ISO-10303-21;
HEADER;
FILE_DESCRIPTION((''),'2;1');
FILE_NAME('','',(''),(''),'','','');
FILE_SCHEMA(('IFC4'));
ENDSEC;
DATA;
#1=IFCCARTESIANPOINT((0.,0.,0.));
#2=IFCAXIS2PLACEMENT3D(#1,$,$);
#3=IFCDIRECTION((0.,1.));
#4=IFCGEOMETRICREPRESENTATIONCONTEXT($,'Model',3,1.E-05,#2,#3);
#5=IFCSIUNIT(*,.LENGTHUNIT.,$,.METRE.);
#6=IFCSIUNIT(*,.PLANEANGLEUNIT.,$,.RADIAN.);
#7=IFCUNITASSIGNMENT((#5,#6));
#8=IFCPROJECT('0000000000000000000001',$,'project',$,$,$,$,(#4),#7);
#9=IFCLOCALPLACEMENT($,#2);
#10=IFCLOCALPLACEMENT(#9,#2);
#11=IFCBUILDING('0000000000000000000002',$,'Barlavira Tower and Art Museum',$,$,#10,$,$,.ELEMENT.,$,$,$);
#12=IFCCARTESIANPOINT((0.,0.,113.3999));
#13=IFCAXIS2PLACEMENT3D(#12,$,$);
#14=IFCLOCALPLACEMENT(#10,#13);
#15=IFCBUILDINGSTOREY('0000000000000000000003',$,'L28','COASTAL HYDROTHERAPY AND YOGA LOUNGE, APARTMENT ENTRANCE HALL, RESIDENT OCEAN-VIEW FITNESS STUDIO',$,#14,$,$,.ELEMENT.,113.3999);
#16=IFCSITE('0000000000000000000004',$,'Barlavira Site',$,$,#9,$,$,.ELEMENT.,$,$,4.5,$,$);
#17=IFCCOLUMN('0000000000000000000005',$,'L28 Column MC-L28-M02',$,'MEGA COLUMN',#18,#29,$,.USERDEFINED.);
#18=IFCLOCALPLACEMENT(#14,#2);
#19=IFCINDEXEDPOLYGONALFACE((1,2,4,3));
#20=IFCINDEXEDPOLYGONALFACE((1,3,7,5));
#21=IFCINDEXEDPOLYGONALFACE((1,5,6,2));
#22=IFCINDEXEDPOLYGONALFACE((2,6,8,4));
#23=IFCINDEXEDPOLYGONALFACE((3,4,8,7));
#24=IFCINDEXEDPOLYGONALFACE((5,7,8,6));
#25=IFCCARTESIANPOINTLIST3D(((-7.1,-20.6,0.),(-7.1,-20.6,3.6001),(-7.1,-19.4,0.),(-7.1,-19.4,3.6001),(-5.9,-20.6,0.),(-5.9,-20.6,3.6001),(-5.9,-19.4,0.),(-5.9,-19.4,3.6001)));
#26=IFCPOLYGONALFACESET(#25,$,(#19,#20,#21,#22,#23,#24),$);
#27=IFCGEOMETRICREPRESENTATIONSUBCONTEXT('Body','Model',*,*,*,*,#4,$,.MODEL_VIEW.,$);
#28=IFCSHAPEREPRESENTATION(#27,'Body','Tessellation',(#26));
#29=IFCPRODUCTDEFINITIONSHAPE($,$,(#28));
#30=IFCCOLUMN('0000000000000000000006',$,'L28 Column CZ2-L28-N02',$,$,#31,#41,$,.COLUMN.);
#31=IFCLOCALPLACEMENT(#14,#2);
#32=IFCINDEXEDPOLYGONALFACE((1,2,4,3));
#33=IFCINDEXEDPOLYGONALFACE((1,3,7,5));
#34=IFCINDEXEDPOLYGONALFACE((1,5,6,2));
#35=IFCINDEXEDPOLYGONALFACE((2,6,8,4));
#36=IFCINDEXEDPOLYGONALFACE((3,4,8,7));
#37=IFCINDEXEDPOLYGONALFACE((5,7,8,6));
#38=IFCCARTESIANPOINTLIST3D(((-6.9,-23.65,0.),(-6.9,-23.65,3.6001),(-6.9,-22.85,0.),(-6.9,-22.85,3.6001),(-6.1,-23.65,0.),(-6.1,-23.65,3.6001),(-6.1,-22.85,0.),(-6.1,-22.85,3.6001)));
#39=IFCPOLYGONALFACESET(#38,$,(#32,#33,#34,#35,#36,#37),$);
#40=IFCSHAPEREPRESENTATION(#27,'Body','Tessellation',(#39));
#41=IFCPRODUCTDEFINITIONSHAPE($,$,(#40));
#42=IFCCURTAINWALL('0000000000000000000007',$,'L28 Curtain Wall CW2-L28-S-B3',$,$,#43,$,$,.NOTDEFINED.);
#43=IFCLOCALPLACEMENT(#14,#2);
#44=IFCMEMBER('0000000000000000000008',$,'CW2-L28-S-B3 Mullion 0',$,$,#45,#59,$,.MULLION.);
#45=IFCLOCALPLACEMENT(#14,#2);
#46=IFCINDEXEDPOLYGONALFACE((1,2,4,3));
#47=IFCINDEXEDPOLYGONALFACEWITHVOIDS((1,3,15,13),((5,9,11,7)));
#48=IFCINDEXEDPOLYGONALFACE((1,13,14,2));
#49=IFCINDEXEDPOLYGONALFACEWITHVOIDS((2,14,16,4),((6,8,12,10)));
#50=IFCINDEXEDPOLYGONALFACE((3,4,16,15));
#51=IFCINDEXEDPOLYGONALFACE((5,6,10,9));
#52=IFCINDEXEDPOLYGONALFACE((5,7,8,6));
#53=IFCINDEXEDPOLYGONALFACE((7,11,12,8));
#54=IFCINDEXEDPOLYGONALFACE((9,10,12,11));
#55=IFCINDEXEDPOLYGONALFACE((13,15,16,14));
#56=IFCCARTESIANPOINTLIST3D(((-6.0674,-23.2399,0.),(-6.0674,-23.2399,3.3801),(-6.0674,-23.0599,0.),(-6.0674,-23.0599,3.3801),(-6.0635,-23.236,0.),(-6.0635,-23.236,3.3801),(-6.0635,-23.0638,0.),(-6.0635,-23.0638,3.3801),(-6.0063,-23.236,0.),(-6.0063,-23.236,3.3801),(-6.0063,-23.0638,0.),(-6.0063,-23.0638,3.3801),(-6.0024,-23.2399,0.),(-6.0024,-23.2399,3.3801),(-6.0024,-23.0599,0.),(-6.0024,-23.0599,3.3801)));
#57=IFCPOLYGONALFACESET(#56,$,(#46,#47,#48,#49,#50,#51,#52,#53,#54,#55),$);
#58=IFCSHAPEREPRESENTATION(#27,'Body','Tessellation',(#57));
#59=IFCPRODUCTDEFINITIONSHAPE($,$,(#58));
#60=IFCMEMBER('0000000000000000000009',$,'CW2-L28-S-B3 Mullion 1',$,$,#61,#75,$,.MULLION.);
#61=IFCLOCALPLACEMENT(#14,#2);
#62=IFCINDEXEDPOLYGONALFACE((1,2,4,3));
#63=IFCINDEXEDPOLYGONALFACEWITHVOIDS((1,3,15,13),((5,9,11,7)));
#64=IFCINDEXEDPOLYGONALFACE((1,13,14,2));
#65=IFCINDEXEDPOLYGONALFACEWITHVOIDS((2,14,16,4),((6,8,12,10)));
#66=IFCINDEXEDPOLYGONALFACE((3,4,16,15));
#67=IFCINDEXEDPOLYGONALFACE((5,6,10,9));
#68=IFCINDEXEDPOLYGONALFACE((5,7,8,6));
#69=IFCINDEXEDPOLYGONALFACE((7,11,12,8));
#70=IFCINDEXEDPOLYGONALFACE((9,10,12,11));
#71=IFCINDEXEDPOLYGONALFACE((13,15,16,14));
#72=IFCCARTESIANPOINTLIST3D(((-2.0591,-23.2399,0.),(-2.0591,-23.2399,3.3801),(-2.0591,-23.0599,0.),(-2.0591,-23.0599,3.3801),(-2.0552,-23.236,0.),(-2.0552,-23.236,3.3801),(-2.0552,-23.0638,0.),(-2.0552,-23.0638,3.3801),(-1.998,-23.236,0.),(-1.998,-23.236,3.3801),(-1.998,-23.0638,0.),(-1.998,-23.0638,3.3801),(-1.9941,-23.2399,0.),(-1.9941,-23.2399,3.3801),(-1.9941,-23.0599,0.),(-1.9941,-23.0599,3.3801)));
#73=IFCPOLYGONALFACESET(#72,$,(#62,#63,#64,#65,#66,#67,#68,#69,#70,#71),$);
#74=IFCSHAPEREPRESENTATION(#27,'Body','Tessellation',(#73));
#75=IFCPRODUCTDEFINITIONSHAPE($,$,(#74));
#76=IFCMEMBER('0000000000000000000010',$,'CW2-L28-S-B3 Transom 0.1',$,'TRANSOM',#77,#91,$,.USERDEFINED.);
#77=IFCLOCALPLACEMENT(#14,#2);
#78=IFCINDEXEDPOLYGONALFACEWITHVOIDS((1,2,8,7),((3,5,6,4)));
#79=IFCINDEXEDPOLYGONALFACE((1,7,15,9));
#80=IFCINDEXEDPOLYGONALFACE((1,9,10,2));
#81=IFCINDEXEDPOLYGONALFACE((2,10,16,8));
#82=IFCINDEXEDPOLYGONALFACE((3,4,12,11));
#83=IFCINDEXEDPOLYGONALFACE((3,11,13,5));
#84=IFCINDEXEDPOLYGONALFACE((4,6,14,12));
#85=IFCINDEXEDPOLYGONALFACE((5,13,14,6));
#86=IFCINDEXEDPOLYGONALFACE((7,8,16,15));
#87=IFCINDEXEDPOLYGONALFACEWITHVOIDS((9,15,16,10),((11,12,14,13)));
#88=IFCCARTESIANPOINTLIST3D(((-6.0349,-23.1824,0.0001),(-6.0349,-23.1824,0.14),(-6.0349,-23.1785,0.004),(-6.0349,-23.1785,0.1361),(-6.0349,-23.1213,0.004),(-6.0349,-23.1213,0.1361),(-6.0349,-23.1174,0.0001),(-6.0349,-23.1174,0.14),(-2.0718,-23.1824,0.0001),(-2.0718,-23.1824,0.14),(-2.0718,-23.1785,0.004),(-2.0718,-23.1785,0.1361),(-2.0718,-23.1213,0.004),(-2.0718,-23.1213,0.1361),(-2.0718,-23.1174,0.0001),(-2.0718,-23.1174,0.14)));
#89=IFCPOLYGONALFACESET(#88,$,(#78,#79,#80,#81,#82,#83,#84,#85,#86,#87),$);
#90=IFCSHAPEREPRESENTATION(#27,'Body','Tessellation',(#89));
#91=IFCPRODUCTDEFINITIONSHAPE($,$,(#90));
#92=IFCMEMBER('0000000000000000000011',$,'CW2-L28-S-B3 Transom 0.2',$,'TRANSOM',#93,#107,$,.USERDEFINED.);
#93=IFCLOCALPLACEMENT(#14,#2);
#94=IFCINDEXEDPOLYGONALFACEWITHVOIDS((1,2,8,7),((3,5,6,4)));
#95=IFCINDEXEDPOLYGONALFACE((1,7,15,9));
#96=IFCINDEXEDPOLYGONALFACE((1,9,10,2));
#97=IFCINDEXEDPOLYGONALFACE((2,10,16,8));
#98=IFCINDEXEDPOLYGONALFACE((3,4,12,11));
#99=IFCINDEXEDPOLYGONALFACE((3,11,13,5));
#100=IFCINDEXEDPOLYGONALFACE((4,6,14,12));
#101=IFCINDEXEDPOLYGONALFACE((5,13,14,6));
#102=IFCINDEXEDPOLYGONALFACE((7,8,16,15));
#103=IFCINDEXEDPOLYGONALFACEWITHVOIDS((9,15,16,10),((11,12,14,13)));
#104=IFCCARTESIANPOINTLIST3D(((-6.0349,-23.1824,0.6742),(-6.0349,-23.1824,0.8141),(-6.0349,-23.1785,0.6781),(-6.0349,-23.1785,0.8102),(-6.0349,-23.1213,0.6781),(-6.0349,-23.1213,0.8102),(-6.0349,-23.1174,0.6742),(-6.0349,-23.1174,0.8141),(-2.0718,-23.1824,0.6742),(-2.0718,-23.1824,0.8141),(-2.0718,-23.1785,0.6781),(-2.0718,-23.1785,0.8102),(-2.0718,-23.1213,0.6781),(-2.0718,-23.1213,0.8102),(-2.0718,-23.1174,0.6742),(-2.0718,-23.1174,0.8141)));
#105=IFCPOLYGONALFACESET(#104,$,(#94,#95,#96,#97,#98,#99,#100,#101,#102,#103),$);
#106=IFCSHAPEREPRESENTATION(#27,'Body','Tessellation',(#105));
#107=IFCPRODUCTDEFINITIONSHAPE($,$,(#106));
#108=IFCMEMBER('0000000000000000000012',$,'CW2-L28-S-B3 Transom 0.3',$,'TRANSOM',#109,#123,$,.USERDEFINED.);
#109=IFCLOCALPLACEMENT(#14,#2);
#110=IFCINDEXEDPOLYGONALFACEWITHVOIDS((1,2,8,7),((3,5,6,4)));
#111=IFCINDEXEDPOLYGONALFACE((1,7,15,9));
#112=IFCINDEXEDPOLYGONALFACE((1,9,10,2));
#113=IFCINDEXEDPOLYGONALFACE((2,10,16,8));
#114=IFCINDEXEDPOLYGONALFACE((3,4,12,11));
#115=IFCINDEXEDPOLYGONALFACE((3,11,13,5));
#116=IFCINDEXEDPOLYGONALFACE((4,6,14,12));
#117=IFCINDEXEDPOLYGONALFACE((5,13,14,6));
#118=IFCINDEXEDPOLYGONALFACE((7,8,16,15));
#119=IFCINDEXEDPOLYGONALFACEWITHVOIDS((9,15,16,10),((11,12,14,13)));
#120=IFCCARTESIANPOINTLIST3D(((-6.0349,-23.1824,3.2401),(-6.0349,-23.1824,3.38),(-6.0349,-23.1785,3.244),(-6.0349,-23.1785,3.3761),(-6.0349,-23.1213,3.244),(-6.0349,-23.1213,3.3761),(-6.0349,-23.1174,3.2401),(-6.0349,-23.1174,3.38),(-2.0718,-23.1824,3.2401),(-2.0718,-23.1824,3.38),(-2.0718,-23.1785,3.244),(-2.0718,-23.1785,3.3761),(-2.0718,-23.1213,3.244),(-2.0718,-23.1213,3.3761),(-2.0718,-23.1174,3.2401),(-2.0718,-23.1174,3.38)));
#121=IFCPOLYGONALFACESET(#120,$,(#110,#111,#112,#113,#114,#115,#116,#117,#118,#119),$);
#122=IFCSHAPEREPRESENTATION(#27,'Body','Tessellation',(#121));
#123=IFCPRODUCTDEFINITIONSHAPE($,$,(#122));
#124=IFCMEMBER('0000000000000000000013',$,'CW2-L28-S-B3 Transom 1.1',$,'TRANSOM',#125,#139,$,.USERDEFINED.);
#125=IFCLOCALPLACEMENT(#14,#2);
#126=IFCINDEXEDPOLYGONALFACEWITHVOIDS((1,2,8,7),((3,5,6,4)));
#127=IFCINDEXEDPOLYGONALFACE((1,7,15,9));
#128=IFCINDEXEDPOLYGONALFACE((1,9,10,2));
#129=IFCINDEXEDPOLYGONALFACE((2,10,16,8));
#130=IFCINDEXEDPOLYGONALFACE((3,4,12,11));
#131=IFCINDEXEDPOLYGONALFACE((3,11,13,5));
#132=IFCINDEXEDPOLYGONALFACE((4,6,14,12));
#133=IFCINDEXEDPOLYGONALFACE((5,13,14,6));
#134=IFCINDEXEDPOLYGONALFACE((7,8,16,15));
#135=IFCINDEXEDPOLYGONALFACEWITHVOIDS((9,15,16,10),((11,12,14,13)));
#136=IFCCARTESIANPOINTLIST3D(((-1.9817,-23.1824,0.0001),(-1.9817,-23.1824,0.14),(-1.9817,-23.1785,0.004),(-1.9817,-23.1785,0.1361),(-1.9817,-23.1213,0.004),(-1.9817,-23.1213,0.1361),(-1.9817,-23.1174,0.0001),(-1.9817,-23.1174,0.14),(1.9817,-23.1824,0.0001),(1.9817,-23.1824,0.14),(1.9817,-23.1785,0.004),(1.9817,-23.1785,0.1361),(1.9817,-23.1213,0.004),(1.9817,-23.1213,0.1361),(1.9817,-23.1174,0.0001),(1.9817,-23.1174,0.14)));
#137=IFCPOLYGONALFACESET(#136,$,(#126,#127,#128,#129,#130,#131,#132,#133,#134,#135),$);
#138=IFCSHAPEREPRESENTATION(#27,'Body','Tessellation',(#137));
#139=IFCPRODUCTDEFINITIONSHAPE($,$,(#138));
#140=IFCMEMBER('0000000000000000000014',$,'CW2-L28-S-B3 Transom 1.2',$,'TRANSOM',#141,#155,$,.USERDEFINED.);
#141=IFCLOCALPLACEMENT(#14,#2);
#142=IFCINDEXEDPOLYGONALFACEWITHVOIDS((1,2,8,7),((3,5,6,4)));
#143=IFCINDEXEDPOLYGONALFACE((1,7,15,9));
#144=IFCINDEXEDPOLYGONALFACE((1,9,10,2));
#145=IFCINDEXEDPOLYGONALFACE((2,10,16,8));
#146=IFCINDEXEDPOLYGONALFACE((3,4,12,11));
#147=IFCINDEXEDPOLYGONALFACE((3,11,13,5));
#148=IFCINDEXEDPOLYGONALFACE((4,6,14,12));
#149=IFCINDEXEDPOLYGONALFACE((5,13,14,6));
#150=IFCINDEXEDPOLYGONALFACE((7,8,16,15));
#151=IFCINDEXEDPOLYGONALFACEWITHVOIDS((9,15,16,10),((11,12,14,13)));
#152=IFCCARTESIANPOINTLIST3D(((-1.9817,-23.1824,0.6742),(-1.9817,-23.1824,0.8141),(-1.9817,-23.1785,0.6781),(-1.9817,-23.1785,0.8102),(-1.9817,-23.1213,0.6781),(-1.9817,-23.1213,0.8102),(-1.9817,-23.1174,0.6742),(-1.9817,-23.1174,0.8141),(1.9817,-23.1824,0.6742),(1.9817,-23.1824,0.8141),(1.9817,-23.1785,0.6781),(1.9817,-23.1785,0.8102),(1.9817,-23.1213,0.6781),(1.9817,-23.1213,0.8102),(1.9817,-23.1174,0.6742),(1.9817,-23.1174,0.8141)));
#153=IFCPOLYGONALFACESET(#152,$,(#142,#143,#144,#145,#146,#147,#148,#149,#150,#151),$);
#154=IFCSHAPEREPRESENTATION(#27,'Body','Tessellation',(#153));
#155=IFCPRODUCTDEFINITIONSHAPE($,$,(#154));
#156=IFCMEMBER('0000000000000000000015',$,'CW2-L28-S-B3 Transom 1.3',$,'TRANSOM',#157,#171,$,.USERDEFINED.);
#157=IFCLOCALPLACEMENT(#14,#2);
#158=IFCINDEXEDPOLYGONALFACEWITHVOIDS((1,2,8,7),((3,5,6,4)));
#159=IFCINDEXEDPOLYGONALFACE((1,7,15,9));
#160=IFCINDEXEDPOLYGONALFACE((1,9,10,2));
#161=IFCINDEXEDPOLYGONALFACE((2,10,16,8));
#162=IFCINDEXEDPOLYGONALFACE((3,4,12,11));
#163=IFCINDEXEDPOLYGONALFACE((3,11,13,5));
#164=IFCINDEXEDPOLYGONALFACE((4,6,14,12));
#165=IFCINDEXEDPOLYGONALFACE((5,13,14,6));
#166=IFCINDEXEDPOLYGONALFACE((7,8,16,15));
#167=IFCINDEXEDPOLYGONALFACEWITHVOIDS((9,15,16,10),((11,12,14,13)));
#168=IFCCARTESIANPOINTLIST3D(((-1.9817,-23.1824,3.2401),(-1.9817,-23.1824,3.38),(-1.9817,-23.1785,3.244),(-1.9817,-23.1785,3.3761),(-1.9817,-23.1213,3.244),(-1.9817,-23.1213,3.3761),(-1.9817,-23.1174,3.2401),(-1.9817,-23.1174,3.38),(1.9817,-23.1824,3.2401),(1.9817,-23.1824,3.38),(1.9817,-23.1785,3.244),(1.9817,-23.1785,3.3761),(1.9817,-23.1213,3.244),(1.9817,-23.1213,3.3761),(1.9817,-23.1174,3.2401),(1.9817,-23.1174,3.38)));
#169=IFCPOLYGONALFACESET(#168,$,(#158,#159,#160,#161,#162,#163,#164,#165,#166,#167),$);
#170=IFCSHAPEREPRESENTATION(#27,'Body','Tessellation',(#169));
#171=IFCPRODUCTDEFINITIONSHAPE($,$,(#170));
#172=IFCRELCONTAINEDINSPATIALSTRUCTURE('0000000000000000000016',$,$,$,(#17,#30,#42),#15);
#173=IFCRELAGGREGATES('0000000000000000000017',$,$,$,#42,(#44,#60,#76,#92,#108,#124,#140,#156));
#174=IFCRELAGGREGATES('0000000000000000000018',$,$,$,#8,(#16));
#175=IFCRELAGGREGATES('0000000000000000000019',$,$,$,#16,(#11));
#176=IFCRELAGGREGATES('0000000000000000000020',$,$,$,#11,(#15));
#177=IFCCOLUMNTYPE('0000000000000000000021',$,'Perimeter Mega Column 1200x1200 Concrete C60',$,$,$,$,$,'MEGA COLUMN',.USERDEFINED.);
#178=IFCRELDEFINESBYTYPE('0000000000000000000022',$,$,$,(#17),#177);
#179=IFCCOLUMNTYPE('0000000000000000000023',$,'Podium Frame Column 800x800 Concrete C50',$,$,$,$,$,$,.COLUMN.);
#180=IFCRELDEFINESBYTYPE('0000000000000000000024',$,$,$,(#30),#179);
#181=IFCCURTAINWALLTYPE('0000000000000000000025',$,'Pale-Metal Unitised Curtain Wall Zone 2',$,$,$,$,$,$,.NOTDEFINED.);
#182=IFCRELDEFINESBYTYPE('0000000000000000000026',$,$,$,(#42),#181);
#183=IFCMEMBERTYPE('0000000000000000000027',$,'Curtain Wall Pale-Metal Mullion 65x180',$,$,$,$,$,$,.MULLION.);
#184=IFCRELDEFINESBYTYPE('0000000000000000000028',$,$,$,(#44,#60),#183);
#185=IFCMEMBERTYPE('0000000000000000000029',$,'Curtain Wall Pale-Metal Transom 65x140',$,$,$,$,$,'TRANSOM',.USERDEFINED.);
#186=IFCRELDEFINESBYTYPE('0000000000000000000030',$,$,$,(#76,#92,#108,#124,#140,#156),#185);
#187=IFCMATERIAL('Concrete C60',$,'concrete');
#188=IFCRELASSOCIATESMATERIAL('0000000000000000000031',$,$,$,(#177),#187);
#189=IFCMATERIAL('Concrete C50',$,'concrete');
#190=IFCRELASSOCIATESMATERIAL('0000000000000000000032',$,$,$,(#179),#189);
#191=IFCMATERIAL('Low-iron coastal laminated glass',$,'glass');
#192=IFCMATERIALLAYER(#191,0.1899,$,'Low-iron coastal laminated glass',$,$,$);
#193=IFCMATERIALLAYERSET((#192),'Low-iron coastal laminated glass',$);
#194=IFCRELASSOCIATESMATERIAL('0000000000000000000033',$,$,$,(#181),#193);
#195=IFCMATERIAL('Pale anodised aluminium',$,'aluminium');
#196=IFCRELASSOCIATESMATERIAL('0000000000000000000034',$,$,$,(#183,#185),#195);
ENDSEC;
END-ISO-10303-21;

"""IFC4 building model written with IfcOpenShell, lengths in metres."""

from ifc_helpers import new_model, si_unit, direction, frame, origin, origin_2d, place, context, subcontext, project, spatial, rectangle, hollow_rectangle, extrude, material, layer, layer_set, material_profile, profile_set, type_object, element, aggregate, save


model = new_model("IFC4")

# Units and contexts
model_context = context("Model", 3, precision=1e-05, world=origin(), true_north=direction((0.0, 1.0)))
body_context = subcontext(model_context, "Body", "Model", "MODEL_VIEW")
ifc_project = project(units=[si_unit("LENGTHUNIT", "METRE"), si_unit("PLANEANGLEUNIT", "RADIAN")], contexts=[model_context])

# Site, building, storey
site_placement = place(None, origin())
site = spatial("IfcSite", under=ifc_project, at=site_placement, Name="Barlavira Site", CompositionType="ELEMENT", RefElevation=4.5)
building_placement = place(site_placement, origin())
building = spatial("IfcBuilding", under=site, at=building_placement, Name="Barlavira Tower and Art Museum", CompositionType="ELEMENT")
storey_placement = place(building_placement, frame((0.0, 0.0, 113.3999)))
storey = spatial("IfcBuildingStorey", under=building, at=storey_placement, Name="L28", Description="COASTAL HYDROTHERAPY AND YOGA LOUNGE, APARTMENT ENTRANCE HALL, RESIDENT OCEAN-VIEW FITNESS STUDIO", CompositionType="ELEMENT", Elevation=113.3999)

# Columns
ifc_material_1 = material(Name="Concrete C60", Category="concrete")
ifc_material_profile_1 = material_profile(ifc_material_1, rectangle(XDim=1.2, YDim=1.2, at=origin_2d()), Name="RC-COL 1200x1200")
ifc_profile_set_1 = profile_set([ifc_material_profile_1], Name="Concrete C60")
column_type_1 = type_object("IfcColumnType", Name="Perimeter Mega Column 1200x1200 Concrete C60", ElementType="MEGA COLUMN", PredefinedType="USERDEFINED", material=ifc_profile_set_1)
column_1_placement = place(storey_placement, frame((-6.5, -20.0, 0.0), z_axis=(0.0, 0.0, 1.0), x_axis=(1.0, 0.0, 0.0)))
element("IfcColumn", 1, at=column_1_placement, inside=storey, type_object=column_type_1, Name="L28 Column MC-L28-M02", ObjectType="MEGA COLUMN", PredefinedType="USERDEFINED", context=body_context, shape_type="SweptSolid", body=[
    extrude(rectangle(XDim=1.2, YDim=1.2, at=origin_2d()), origin(), (0.0, 0.0, 1.0), 3.6001),
])
ifc_material_2 = material(Name="Concrete C50", Category="concrete")
ifc_material_profile_2 = material_profile(ifc_material_2, rectangle(XDim=0.8, YDim=0.8, at=origin_2d()), Name="RC-COL 800x800")
ifc_profile_set_2 = profile_set([ifc_material_profile_2], Name="Concrete C50")
column_type_2 = type_object("IfcColumnType", Name="Podium Frame Column 800x800 Concrete C50", PredefinedType="COLUMN", material=ifc_profile_set_2)
column_2_placement = place(storey_placement, frame((-6.5, -23.25, 0.0), z_axis=(0.0, 0.0, 1.0), x_axis=(1.0, 0.0, 0.0)))
element("IfcColumn", 2, at=column_2_placement, inside=storey, type_object=column_type_2, Name="L28 Column CZ2-L28-N02", PredefinedType="COLUMN", context=body_context, shape_type="SweptSolid", body=[
    extrude(rectangle(XDim=0.8, YDim=0.8, at=origin_2d()), origin(), (0.0, 0.0, 1.0), 3.6001),
])

# Curtain wall, members
ifc_material_3 = material(Name="Low-iron coastal laminated glass", Category="glass")
ifc_layer_1 = layer(ifc_material_3, 0.1899, Name="Low-iron coastal laminated glass")
ifc_layer_set_1 = layer_set([ifc_layer_1], Name="Low-iron coastal laminated glass")
curtain_wall_type = type_object("IfcCurtainWallType", Name="Pale-Metal Unitised Curtain Wall Zone 2", PredefinedType="NOTDEFINED", material=ifc_layer_set_1)
curtain_wall_placement = place(storey_placement, origin())
curtain_wall = element("IfcCurtainWall", 3, at=curtain_wall_placement, inside=storey, type_object=curtain_wall_type, Name="L28 Curtain Wall CW2-L28-S-B3", PredefinedType="NOTDEFINED")
ifc_material_4 = material(Name="Pale anodised aluminium", Category="aluminium")
ifc_material_profile_3 = material_profile(ifc_material_4, hollow_rectangle(XDim=0.0649, YDim=0.1799, WallThickness=0.0039, at=origin_2d()), Name="ALU-MULL 65x180x4")
ifc_profile_set_3 = profile_set([ifc_material_profile_3], Name="Pale anodised aluminium")
member_type_1 = type_object("IfcMemberType", Name="Curtain Wall Pale-Metal Mullion 65x180", PredefinedType="MULLION", material=ifc_profile_set_3)
member_1_placement = place(storey_placement, frame((-6.0349, -23.1499, 0.0), z_axis=(0.0, 0.0, 1.0), x_axis=(1.0, 0.0, 0.0)))
member_1 = element("IfcMember", 4, at=member_1_placement, type_object=member_type_1, Name="CW2-L28-S-B3 Mullion 0", PredefinedType="MULLION", context=body_context, shape_type="SweptSolid", body=[
    extrude(hollow_rectangle(XDim=0.0649, YDim=0.1799, WallThickness=0.0039, at=origin_2d()), origin(), (0.0, 0.0, 1.0), 3.3801),
])
member_2_placement = place(storey_placement, frame((-2.0266, -23.1499, 0.0), z_axis=(0.0, 0.0, 1.0), x_axis=(1.0, 0.0, 0.0)))
member_2 = element("IfcMember", 5, at=member_2_placement, type_object=member_type_1, Name="CW2-L28-S-B3 Mullion 1", PredefinedType="MULLION", context=body_context, shape_type="SweptSolid", body=[
    extrude(hollow_rectangle(XDim=0.0649, YDim=0.1799, WallThickness=0.0039, at=origin_2d()), origin(), (0.0, 0.0, 1.0), 3.3801),
])
ifc_material_profile_4 = material_profile(ifc_material_4, hollow_rectangle(XDim=0.0649, YDim=0.1399, WallThickness=0.0039, at=origin_2d()), Name="ALU-TRAN 65x140x4")
ifc_profile_set_4 = profile_set([ifc_material_profile_4], Name="Pale anodised aluminium")
member_type_2 = type_object("IfcMemberType", Name="Curtain Wall Pale-Metal Transom 65x140", ElementType="TRANSOM", PredefinedType="USERDEFINED", material=ifc_profile_set_4)
member_3_placement = place(storey_placement, frame((-6.0349, -23.1499, 0.0701), z_axis=(1.0, 0.0, 0.0), x_axis=(0.0, 1.0, 0.0)))
member_3 = element("IfcMember", 6, at=member_3_placement, type_object=member_type_2, Name="CW2-L28-S-B3 Transom 0.1", ObjectType="TRANSOM", PredefinedType="USERDEFINED", context=body_context, shape_type="SweptSolid", body=[
    extrude(hollow_rectangle(XDim=0.0649, YDim=0.1399, WallThickness=0.0039, at=origin_2d()), origin(), (0.0, 0.0, 1.0), 3.9631),
])
member_4_placement = place(storey_placement, frame((-6.0349, -23.1499, 0.7441), z_axis=(1.0, 0.0, 0.0), x_axis=(0.0, 1.0, 0.0)))
member_4 = element("IfcMember", 7, at=member_4_placement, type_object=member_type_2, Name="CW2-L28-S-B3 Transom 0.2", ObjectType="TRANSOM", PredefinedType="USERDEFINED", context=body_context, shape_type="SweptSolid", body=[
    extrude(hollow_rectangle(XDim=0.0649, YDim=0.1399, WallThickness=0.0039, at=origin_2d()), origin(), (0.0, 0.0, 1.0), 3.9631),
])
member_5_placement = place(storey_placement, frame((-6.0349, -23.1499, 3.3101), z_axis=(1.0, 0.0, 0.0), x_axis=(0.0, 1.0, 0.0)))
member_5 = element("IfcMember", 8, at=member_5_placement, type_object=member_type_2, Name="CW2-L28-S-B3 Transom 0.3", ObjectType="TRANSOM", PredefinedType="USERDEFINED", context=body_context, shape_type="SweptSolid", body=[
    extrude(hollow_rectangle(XDim=0.0649, YDim=0.1399, WallThickness=0.0039, at=origin_2d()), origin(), (0.0, 0.0, 1.0), 3.9631),
])
member_6_placement = place(storey_placement, frame((-1.9817, -23.1499, 0.0701), z_axis=(1.0, 0.0, 0.0), x_axis=(0.0, 1.0, 0.0)))
member_6 = element("IfcMember", 9, at=member_6_placement, type_object=member_type_2, Name="CW2-L28-S-B3 Transom 1.1", ObjectType="TRANSOM", PredefinedType="USERDEFINED", context=body_context, shape_type="SweptSolid", body=[
    extrude(hollow_rectangle(XDim=0.0649, YDim=0.1399, WallThickness=0.0039, at=origin_2d()), origin(), (0.0, 0.0, 1.0), 3.9634),
])
member_7_placement = place(storey_placement, frame((-1.9817, -23.1499, 0.7441), z_axis=(1.0, 0.0, 0.0), x_axis=(0.0, 1.0, 0.0)))
member_7 = element("IfcMember", 10, at=member_7_placement, type_object=member_type_2, Name="CW2-L28-S-B3 Transom 1.2", ObjectType="TRANSOM", PredefinedType="USERDEFINED", context=body_context, shape_type="SweptSolid", body=[
    extrude(hollow_rectangle(XDim=0.0649, YDim=0.1399, WallThickness=0.0039, at=origin_2d()), origin(), (0.0, 0.0, 1.0), 3.9634),
])
member_8_placement = place(storey_placement, frame((-1.9817, -23.1499, 3.3101), z_axis=(1.0, 0.0, 0.0), x_axis=(0.0, 1.0, 0.0)))
member_8 = element("IfcMember", 11, at=member_8_placement, type_object=member_type_2, Name="CW2-L28-S-B3 Transom 1.3", ObjectType="TRANSOM", PredefinedType="USERDEFINED", context=body_context, shape_type="SweptSolid", body=[
    extrude(hollow_rectangle(XDim=0.0649, YDim=0.1399, WallThickness=0.0039, at=origin_2d()), origin(), (0.0, 0.0, 1.0), 3.9634),
])

aggregate(curtain_wall, [member_1, member_2, member_3, member_4, member_5, member_6, member_7, member_8])

save(model, "model.ifc")
